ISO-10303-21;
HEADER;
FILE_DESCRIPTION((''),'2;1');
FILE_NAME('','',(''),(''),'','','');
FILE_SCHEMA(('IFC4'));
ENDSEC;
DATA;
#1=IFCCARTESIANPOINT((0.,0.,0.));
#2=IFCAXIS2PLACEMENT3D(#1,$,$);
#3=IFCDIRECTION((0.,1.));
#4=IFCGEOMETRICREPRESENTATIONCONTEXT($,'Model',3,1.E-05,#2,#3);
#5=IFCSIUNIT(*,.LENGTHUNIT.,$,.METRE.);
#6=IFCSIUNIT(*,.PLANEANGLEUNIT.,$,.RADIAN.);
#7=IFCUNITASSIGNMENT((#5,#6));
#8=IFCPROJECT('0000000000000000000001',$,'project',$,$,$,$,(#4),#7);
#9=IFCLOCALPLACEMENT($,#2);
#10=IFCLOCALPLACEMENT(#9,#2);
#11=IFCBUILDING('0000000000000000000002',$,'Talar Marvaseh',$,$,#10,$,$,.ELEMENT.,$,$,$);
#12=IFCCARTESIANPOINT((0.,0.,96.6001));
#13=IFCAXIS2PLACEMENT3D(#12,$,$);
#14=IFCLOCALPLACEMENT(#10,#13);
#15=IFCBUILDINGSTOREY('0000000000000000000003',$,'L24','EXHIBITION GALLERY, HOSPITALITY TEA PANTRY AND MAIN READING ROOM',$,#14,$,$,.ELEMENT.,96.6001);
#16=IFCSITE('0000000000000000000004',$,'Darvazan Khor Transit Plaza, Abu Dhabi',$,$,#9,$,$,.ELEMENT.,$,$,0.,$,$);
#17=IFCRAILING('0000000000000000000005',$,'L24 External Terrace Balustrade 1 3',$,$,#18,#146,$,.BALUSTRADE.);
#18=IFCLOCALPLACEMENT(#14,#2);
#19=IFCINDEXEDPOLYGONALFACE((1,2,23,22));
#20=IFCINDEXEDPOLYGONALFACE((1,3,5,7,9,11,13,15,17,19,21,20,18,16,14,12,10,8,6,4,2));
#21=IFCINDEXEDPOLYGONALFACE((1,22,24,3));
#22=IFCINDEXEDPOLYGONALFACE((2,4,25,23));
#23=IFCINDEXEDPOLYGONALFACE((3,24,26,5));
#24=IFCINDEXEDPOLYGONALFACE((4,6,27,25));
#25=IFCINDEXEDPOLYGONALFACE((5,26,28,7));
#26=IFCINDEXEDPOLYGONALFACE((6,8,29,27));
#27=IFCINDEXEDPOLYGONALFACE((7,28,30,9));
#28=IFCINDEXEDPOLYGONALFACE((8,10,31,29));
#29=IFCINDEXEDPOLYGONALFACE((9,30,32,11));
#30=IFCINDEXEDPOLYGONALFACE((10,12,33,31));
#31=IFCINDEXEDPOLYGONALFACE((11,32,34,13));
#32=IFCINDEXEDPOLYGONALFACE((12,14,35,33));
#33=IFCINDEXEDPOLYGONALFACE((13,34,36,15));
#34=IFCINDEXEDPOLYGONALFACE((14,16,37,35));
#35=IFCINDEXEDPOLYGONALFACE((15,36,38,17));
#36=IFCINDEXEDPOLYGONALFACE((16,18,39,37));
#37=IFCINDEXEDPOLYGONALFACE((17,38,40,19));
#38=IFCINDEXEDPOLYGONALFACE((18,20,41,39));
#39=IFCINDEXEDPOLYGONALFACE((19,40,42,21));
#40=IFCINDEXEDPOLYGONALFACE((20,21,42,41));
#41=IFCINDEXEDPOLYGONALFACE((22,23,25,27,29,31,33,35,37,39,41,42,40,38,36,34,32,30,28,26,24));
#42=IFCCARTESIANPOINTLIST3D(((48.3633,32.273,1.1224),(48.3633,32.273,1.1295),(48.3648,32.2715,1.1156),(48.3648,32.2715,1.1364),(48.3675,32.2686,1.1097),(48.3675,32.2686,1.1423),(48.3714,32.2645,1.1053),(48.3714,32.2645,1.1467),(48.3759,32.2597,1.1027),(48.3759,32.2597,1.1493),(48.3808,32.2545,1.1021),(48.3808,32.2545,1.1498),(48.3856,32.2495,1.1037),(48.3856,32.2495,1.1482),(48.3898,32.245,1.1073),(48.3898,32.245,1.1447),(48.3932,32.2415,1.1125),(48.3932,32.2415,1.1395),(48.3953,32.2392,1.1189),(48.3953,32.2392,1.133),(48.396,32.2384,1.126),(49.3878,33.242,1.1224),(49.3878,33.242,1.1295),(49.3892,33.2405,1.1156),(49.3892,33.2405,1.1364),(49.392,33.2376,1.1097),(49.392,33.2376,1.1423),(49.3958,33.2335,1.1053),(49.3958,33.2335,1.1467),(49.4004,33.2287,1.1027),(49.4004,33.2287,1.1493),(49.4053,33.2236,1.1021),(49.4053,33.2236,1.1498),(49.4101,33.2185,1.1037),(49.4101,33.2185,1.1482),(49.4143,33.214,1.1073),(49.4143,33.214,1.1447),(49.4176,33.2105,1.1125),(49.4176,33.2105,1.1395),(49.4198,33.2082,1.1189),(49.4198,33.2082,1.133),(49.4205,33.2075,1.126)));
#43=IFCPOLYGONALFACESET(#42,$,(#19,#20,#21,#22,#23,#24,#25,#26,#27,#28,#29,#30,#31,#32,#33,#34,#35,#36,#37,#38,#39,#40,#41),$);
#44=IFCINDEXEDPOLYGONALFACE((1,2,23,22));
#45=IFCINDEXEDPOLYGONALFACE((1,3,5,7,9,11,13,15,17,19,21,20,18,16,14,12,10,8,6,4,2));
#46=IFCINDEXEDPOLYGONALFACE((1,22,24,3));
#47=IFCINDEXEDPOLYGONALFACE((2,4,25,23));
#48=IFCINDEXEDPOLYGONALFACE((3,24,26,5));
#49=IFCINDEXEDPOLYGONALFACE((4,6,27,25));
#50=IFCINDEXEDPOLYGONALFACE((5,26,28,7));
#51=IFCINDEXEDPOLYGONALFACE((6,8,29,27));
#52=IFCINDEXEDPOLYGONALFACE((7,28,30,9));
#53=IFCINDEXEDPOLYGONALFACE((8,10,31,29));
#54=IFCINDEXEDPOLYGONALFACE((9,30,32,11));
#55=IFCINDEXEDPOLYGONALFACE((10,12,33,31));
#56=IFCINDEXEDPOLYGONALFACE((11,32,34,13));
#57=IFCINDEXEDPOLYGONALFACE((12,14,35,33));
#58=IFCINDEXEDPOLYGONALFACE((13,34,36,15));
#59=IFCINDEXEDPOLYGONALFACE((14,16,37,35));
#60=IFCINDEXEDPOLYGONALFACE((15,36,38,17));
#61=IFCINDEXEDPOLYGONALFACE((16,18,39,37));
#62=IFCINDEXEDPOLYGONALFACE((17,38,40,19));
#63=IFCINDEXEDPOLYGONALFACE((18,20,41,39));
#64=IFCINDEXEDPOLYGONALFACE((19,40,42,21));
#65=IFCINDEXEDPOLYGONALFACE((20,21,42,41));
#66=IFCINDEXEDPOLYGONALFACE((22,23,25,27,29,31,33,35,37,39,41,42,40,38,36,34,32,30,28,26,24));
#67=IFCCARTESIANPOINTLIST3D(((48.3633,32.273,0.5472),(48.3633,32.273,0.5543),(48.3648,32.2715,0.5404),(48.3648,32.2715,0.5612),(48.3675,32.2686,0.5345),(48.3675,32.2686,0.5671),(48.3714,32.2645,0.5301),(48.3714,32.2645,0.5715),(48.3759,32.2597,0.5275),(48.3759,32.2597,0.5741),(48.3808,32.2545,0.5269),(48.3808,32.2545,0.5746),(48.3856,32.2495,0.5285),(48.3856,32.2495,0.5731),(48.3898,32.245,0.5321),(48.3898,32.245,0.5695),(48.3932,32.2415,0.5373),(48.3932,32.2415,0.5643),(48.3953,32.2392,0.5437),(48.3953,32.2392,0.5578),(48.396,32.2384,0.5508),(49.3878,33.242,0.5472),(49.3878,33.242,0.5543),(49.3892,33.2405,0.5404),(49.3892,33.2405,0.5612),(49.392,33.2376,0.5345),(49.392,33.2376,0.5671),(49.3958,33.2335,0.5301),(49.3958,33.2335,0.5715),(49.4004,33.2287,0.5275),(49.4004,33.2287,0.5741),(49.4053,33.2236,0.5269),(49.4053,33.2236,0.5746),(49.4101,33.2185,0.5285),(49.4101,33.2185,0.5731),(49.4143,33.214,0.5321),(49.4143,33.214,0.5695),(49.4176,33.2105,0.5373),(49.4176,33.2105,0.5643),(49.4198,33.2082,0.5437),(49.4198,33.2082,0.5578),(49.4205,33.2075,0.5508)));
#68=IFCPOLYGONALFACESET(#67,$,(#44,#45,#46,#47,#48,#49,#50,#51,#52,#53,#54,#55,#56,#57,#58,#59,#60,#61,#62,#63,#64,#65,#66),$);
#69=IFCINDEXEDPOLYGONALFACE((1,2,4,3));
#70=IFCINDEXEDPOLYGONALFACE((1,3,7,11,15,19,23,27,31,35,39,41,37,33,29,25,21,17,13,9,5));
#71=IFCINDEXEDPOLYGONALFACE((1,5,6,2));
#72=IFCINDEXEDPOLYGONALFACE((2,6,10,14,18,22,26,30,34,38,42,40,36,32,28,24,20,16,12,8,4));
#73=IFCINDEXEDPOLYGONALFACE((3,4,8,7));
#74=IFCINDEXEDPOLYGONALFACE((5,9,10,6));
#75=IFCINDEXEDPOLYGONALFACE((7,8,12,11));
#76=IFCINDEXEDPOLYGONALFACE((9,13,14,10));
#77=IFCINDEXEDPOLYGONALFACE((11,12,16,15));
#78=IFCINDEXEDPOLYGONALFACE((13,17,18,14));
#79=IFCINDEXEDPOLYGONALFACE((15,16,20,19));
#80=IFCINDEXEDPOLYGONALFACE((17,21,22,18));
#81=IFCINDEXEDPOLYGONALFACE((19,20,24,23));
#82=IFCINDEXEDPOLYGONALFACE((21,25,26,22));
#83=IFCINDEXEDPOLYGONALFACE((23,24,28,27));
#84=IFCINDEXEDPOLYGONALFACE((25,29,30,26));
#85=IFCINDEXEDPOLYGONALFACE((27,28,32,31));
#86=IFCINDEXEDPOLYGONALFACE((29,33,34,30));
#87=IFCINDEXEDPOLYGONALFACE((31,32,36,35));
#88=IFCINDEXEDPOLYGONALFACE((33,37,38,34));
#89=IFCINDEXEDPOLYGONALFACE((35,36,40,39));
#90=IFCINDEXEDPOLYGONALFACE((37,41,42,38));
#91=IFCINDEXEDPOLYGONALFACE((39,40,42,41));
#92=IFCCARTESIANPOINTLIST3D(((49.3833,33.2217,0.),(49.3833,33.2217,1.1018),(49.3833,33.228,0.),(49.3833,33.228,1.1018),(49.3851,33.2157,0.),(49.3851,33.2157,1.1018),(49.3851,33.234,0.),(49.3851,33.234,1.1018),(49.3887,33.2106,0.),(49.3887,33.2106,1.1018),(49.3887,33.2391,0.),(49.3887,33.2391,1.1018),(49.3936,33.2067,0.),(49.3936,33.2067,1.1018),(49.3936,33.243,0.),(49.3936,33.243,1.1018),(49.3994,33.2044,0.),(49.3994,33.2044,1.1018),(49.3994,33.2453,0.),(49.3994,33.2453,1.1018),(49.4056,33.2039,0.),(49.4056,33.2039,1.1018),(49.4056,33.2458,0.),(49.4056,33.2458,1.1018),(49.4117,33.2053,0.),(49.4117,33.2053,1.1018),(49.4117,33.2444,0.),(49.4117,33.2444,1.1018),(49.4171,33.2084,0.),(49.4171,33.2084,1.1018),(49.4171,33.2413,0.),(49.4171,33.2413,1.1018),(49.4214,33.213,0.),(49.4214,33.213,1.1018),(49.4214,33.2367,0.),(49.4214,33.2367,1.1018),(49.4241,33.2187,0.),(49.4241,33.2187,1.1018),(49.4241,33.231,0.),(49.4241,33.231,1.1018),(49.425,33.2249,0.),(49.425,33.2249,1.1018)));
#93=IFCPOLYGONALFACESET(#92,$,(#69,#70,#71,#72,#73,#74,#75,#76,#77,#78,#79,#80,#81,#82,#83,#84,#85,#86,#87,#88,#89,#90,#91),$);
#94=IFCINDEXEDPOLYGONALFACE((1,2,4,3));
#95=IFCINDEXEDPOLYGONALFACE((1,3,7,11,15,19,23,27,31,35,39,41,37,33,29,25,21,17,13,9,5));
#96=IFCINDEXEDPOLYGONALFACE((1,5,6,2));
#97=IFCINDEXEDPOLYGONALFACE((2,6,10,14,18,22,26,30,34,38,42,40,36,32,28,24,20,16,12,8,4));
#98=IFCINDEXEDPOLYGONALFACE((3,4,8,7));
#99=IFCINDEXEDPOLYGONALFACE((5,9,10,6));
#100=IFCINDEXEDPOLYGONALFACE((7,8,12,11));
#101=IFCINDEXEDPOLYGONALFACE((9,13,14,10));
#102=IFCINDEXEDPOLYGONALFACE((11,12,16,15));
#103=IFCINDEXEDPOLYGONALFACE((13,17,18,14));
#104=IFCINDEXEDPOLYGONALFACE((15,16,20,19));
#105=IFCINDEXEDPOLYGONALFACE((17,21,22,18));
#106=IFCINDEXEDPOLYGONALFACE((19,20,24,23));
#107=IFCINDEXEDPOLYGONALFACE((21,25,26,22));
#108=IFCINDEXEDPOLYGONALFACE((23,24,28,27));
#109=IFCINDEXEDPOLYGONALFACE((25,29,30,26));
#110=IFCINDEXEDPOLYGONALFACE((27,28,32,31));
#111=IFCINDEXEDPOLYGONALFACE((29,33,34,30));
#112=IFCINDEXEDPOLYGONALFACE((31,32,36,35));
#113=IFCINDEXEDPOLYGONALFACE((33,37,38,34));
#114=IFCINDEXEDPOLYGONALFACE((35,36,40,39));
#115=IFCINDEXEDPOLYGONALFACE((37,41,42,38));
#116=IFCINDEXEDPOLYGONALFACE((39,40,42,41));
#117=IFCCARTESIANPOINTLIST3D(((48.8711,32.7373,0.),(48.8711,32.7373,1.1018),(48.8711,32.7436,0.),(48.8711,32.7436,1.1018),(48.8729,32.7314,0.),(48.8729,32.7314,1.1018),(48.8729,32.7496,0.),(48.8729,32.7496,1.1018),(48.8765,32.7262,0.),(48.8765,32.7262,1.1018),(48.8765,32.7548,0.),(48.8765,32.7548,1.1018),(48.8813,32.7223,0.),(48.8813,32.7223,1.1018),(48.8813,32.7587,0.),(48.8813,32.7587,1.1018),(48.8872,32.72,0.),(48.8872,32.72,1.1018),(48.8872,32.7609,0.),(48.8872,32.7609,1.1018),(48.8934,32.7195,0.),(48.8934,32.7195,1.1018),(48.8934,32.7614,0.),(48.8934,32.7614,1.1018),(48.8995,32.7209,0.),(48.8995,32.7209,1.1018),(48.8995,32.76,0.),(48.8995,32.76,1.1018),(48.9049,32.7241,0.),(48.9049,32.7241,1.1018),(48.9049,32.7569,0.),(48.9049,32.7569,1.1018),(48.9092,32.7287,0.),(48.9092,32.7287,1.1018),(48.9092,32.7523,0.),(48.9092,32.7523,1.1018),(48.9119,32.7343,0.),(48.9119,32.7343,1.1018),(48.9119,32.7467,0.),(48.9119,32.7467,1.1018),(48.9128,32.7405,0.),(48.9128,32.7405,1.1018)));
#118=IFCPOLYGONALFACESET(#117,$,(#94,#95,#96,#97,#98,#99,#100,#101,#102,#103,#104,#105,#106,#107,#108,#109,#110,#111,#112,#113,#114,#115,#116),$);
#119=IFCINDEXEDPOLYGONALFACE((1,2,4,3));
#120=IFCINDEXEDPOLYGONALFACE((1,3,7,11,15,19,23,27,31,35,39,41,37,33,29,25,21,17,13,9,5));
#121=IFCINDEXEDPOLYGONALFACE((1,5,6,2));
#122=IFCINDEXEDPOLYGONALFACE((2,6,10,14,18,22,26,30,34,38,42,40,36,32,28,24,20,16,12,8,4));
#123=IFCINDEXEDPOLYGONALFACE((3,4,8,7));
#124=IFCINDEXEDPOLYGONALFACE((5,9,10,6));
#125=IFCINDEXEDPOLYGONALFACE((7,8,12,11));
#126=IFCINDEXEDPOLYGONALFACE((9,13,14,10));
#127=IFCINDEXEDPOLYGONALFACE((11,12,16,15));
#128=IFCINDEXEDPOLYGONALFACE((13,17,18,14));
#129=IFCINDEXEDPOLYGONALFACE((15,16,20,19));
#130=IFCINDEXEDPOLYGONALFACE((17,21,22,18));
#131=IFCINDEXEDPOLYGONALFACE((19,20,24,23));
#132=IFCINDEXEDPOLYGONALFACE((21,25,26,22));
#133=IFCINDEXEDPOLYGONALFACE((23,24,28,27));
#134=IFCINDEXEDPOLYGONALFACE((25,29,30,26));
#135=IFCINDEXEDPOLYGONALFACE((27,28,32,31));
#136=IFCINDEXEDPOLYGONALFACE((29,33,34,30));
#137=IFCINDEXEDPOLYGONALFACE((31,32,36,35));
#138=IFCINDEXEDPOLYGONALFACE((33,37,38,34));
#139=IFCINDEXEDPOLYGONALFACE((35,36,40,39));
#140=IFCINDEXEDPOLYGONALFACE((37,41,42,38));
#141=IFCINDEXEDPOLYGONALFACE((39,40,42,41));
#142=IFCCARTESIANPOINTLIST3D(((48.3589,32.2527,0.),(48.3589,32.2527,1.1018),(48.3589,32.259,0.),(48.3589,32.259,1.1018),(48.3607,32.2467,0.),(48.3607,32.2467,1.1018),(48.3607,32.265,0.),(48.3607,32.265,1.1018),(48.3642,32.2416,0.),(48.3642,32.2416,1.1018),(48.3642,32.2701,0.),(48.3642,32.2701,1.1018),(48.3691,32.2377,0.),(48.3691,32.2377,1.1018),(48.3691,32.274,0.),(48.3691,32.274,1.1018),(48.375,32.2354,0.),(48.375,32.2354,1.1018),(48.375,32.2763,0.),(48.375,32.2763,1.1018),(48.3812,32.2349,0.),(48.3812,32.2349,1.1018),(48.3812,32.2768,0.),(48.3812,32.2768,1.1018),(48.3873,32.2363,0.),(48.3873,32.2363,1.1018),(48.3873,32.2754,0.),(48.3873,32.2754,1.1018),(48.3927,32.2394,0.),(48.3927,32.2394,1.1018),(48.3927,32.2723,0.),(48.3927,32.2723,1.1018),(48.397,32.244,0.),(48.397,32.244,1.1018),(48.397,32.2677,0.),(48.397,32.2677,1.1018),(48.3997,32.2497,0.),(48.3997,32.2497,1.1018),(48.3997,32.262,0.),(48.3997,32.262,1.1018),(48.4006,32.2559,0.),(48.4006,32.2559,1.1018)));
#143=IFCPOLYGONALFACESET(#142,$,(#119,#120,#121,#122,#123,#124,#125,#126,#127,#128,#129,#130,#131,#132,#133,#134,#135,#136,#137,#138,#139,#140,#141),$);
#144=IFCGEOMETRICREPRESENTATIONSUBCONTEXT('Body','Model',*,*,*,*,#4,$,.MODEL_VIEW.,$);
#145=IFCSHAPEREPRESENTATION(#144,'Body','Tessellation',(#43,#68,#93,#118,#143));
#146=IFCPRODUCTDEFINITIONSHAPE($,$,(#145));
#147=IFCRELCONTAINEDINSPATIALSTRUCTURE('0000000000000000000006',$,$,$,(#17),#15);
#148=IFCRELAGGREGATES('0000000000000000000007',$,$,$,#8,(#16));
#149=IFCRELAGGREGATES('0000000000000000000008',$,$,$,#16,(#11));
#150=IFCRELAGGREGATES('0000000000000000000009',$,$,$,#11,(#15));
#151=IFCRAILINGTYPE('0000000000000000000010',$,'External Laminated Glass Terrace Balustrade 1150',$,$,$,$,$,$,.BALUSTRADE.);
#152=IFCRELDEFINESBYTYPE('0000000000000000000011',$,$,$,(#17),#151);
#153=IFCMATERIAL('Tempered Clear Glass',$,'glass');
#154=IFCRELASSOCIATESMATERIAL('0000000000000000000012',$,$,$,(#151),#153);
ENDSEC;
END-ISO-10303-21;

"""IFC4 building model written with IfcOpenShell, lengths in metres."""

from ifc_helpers import new_model, si_unit, direction, frame, origin, origin_2d, place, context, subcontext, project, spatial, circle, extrude, material, type_object, element, save


model = new_model("IFC4")

# Units and contexts
model_context = context("Model", 3, precision=1e-05, world=origin(), true_north=direction((0.0, 1.0)))
body_context = subcontext(model_context, "Body", "Model", "MODEL_VIEW")
ifc_project = project(units=[si_unit("LENGTHUNIT", "METRE"), si_unit("PLANEANGLEUNIT", "RADIAN")], contexts=[model_context])

# Site, building, storey
site_placement = place(None, origin())
site = spatial("IfcSite", under=ifc_project, at=site_placement, Name="Darvazan Khor Transit Plaza, Abu Dhabi", CompositionType="ELEMENT", RefElevation=0.0)
building_placement = place(site_placement, origin())
building = spatial("IfcBuilding", under=site, at=building_placement, Name="Talar Marvaseh", CompositionType="ELEMENT")
storey_placement = place(building_placement, frame((0.0, 0.0, 96.6001)))
storey = spatial("IfcBuildingStorey", under=building, at=storey_placement, Name="L24", Description="EXHIBITION GALLERY, HOSPITALITY TEA PANTRY AND MAIN READING ROOM", CompositionType="ELEMENT", Elevation=96.6001)

# Railing
ifc_material_1 = material(Name="Tempered Clear Glass", Category="glass")
railing_type = type_object("IfcRailingType", Name="External Laminated Glass Terrace Balustrade 1150", PredefinedType="BALUSTRADE", material=ifc_material_1)
railing_1_placement = place(storey_placement, frame((49.4041, 33.2249, 0.0)))
element("IfcRailing", 1, at=railing_1_placement, inside=storey, type_object=railing_type, Name="L24 External Terrace Balustrade 1 3", PredefinedType="BALUSTRADE", context=body_context, shape_type="SweptSolid", body=[
    extrude(circle(Radius=0.0239, at=origin_2d()), frame((0.0, 0.0, 1.126), z_axis=(-0.726485, -0.687183, 0.0), x_axis=(0.687183, -0.726485, 0.0)), (0.0, 0.0, 1.0), 1.4102),
    extrude(circle(Radius=0.0239, at=origin_2d()), frame((0.0, 0.0, 0.5508), z_axis=(-0.726485, -0.687183, 0.0), x_axis=(0.687183, -0.726485, 0.0)), (0.0, 0.0, 1.0), 1.4102),
    extrude(circle(Radius=0.021, at=origin_2d()), origin(), (0.0, 0.0, 1.0), 1.1018),
    extrude(circle(Radius=0.021, at=origin_2d()), frame((-0.5122, -0.4844, 0.0)), (0.0, 0.0, 1.0), 1.1018),
    extrude(circle(Radius=0.021, at=origin_2d()), frame((-1.0244, -0.969, 0.0)), (0.0, 0.0, 1.0), 1.1018),
])

save(model, "model.ifc")
